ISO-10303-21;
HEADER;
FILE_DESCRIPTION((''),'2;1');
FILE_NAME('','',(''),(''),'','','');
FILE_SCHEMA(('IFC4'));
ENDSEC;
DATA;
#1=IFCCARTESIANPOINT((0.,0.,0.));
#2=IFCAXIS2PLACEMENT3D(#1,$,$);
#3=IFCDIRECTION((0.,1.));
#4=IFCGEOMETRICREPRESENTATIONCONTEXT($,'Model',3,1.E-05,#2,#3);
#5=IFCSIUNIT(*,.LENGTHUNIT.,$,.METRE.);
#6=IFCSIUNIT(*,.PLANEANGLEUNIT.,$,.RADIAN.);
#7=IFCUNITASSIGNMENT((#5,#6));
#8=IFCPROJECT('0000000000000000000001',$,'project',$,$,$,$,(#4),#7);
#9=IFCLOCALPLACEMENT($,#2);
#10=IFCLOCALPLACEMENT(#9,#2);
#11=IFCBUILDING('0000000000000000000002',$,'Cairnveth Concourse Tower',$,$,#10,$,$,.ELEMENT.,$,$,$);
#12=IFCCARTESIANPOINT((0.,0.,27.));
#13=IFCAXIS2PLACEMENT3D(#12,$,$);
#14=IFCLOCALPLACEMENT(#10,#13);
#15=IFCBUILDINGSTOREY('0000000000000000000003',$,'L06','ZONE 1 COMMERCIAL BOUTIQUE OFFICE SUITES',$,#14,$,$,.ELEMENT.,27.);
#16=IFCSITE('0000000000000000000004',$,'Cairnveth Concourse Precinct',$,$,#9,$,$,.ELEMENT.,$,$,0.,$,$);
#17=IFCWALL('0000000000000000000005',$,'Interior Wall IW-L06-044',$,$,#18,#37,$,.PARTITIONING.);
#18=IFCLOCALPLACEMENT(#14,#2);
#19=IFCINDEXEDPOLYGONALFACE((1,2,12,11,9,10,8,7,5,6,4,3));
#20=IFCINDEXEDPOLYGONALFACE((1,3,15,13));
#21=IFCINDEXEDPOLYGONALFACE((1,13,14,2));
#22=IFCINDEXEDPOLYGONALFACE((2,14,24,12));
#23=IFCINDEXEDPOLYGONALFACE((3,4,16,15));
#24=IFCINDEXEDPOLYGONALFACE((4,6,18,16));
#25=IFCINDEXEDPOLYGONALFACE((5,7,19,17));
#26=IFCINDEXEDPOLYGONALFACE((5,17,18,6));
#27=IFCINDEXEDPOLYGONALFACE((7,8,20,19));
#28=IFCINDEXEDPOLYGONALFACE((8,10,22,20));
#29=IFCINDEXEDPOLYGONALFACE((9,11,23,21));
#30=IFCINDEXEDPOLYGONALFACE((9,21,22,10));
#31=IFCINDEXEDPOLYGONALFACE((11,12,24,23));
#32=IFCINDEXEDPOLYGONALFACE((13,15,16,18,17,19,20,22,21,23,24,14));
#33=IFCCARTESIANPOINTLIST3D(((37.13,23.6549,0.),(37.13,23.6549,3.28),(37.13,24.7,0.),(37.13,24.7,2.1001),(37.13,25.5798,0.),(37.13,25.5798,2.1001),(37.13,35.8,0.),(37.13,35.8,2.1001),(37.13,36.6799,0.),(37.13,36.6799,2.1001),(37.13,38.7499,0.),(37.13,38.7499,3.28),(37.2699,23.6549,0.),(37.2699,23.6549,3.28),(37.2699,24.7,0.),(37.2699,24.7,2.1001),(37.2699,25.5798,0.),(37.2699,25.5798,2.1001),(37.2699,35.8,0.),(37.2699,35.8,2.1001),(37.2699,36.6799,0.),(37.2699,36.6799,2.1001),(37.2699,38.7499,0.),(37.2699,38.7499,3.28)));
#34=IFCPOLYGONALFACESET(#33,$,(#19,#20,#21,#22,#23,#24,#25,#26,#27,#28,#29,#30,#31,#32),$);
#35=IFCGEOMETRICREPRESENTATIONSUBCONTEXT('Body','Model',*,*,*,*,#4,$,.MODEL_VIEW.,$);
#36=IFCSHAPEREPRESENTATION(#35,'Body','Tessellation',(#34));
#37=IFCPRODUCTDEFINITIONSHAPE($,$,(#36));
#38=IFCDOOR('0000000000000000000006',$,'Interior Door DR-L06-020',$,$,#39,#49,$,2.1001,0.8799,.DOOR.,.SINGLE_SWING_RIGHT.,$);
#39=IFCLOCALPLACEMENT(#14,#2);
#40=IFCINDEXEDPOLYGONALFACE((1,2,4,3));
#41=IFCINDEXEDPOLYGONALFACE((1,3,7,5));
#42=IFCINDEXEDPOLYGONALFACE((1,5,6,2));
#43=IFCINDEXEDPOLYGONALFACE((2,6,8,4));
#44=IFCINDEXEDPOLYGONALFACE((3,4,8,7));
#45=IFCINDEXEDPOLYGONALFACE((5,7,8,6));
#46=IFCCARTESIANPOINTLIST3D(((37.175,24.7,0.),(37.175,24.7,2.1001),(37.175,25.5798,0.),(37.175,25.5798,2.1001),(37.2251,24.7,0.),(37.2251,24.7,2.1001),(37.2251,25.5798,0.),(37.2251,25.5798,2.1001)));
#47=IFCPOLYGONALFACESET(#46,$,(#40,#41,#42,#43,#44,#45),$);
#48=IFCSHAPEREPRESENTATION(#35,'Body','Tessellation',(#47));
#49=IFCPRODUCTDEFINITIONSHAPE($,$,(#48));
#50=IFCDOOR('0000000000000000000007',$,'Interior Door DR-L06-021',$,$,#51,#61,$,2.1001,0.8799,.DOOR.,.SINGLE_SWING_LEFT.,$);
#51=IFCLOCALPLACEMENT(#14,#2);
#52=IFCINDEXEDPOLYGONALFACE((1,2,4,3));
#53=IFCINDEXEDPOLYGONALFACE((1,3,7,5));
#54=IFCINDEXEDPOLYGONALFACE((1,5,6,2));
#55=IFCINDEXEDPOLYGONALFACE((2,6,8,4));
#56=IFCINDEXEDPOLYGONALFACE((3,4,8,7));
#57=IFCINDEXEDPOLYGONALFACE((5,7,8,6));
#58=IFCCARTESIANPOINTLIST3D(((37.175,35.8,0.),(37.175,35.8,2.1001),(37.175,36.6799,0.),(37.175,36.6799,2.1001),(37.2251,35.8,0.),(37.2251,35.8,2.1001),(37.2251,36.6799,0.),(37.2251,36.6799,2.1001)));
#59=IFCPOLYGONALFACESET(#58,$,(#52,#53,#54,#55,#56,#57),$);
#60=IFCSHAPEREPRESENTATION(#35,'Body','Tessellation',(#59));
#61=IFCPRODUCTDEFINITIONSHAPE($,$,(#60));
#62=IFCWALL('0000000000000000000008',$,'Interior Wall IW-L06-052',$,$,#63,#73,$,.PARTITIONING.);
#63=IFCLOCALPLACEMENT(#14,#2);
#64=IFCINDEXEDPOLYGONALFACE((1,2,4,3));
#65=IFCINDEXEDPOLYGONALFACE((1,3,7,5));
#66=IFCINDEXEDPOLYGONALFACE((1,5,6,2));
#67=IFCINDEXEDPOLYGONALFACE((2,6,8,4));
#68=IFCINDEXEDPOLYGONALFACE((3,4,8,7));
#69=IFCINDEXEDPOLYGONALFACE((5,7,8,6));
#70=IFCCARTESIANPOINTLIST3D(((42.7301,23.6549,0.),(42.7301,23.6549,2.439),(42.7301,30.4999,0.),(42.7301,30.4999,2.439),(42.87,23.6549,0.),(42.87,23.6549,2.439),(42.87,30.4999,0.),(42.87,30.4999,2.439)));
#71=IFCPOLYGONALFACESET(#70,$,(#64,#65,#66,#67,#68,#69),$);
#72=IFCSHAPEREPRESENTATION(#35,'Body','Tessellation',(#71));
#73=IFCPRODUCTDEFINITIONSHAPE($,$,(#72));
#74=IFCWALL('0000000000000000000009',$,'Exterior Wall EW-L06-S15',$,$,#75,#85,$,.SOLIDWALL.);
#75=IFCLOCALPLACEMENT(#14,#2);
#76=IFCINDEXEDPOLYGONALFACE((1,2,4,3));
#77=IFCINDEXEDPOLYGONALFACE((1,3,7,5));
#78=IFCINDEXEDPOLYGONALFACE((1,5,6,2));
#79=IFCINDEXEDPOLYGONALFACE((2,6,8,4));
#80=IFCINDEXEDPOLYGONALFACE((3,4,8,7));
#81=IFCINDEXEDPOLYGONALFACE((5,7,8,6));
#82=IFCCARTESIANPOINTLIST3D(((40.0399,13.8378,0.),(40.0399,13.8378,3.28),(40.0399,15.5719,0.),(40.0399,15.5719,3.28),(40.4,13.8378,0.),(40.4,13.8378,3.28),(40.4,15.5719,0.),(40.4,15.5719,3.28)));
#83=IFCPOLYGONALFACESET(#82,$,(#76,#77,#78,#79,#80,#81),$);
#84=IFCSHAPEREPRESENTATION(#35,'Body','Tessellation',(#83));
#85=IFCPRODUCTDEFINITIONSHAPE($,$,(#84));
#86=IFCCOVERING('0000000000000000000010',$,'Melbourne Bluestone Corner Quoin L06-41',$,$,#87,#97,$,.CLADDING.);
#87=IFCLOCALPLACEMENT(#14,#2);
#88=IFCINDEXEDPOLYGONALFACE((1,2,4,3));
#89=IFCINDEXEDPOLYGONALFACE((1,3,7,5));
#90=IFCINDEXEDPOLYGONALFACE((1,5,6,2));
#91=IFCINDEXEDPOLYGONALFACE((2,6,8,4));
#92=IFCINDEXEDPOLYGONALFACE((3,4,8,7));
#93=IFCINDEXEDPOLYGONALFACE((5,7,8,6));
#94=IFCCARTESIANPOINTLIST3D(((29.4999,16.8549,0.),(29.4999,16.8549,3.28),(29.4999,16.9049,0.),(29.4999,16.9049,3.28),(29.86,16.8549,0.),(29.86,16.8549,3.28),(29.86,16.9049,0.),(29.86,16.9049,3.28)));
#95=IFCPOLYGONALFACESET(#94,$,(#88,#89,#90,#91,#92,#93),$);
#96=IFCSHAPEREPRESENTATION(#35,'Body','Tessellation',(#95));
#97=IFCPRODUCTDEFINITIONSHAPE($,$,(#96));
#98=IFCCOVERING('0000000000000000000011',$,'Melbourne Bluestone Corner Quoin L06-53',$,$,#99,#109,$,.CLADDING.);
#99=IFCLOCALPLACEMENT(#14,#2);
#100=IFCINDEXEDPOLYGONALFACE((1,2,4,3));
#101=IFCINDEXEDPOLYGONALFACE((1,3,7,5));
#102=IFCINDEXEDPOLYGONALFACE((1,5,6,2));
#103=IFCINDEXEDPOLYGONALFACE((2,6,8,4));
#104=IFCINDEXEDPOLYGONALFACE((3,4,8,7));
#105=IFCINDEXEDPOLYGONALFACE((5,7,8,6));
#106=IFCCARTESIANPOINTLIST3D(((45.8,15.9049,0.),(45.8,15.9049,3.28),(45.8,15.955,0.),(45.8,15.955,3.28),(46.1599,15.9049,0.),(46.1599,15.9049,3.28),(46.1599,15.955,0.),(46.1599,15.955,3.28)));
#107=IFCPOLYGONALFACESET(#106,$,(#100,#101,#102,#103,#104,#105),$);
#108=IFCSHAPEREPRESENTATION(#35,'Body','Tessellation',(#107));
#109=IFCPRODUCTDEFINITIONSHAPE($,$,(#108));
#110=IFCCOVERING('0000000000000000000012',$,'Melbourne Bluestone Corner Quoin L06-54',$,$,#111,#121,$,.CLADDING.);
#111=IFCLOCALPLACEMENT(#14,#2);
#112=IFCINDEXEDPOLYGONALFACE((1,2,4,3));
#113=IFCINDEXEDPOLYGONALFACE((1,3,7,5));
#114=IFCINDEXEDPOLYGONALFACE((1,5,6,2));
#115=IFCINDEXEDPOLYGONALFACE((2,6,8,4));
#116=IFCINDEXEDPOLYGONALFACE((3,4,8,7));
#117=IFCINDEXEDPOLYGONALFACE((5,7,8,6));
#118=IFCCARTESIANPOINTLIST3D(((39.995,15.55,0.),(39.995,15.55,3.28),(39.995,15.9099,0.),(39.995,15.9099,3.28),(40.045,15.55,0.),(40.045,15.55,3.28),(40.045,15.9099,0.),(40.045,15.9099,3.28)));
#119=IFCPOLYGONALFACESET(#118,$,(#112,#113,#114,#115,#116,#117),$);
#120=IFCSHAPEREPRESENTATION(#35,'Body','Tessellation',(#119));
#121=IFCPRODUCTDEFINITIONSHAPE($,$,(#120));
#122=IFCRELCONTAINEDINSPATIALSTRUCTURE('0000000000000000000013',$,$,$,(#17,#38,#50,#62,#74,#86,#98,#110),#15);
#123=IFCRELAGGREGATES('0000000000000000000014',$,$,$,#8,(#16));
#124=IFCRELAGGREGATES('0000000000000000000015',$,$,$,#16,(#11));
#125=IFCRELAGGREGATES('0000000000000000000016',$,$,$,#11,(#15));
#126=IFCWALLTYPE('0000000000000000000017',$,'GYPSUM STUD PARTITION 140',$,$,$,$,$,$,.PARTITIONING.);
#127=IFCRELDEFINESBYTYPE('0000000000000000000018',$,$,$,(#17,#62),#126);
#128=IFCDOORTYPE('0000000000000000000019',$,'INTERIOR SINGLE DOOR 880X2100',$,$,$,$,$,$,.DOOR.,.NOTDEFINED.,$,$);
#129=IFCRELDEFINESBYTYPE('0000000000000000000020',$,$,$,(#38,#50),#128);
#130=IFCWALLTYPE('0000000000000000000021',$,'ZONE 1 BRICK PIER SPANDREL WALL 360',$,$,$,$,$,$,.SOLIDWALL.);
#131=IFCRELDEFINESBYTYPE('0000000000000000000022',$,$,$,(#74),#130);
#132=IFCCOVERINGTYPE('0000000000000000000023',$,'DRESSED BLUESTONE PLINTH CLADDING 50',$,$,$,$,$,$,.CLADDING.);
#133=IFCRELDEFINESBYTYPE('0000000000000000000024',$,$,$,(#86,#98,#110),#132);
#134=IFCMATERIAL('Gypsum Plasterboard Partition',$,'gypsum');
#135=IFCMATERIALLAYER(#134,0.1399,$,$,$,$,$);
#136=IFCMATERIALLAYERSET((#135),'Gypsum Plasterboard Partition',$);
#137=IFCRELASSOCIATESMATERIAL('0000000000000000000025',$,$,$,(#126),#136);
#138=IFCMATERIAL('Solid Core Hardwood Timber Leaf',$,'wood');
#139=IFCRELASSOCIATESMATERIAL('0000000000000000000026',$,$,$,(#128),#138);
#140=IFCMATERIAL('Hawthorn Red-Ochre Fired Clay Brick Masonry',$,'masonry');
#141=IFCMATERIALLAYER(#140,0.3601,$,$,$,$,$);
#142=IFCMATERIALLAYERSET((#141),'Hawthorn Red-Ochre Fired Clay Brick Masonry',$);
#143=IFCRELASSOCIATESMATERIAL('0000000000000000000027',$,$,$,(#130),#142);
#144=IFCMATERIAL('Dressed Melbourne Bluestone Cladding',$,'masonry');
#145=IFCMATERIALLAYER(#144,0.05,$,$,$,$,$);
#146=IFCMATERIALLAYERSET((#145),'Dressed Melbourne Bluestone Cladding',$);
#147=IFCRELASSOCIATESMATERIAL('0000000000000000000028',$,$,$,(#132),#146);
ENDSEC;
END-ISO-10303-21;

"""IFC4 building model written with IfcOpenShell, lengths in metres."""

from ifc_helpers import new_model, si_unit, direction, frame, frame_2d, origin, place, context, subcontext, project, spatial, rectangle, extrude, material, layer, layer_set, type_object, element, fill, save


model = new_model("IFC4")

# Units and contexts
model_context = context("Model", 3, precision=1e-05, world=origin(), true_north=direction((0.0, 1.0)))
body_context = subcontext(model_context, "Body", "Model", "MODEL_VIEW")
ifc_project = project(units=[si_unit("LENGTHUNIT", "METRE"), si_unit("PLANEANGLEUNIT", "RADIAN")], contexts=[model_context])

# Site, building, storey
site_placement = place(None, origin())
site = spatial("IfcSite", under=ifc_project, at=site_placement, Name="Cairnveth Concourse Precinct", CompositionType="ELEMENT", RefElevation=0.0)
building_placement = place(site_placement, origin())
building = spatial("IfcBuilding", under=site, at=building_placement, Name="Cairnveth Concourse Tower", CompositionType="ELEMENT")
storey_placement = place(building_placement, frame((0.0, 0.0, 27.0)))
storey = spatial("IfcBuildingStorey", under=building, at=storey_placement, Name="L06", Description="ZONE 1 COMMERCIAL BOUTIQUE OFFICE SUITES", CompositionType="ELEMENT", Elevation=27.0)

# Wall, openings, doors
ifc_material_1 = material(Name="Gypsum Plasterboard Partition", Category="gypsum")
ifc_layer_1 = layer(ifc_material_1, 0.1399)
ifc_layer_set_1 = layer_set([ifc_layer_1], Name="Gypsum Plasterboard Partition")
wall_type_1 = type_object("IfcWallType", Name="GYPSUM STUD PARTITION 140", PredefinedType="PARTITIONING", material=ifc_layer_set_1)
ifc_material_2 = material(Name="Solid Core Hardwood Timber Leaf", Category="wood")
door_type_1 = type_object("IfcDoorType", Name="INTERIOR SINGLE DOOR 880X2100", OperationType="NOTDEFINED", PredefinedType="DOOR", material=ifc_material_2)
wall_1_placement = place(storey_placement, frame((37.2, 23.655, 0.0), z_axis=(0.0, 0.0, 1.0), x_axis=(0.0, 1.0, 0.0)))
wall_1 = element("IfcWall", 1, at=wall_1_placement, inside=storey, type_object=wall_type_1, Name="Interior Wall IW-L06-044", PredefinedType="PARTITIONING", context=body_context, shape_type="SweptSolid", body=[
    extrude(rectangle(XDim=15.095, YDim=0.1399, at=frame_2d((7.5474, 0.0))), origin(), (0.0, 0.0, 1.0), 3.28),
])
opening_1_placement = place(wall_1_placement, frame((1.0449, 0.0, 0.0)))
opening_1 = element("IfcOpeningElement", 2, at=opening_1_placement, cuts=wall_1, PredefinedType="OPENING", context=body_context, shape_type="SweptSolid", body=[
    extrude(rectangle(XDim=0.8799, YDim=2.1001, at=frame_2d((0.4399, 1.05))), frame((0.0, 0.0798, 0.0), z_axis=(0.0, -1.0, 0.0), x_axis=(1.0, 0.0, 0.0)), (0.0, 0.0, 1.0), 0.1599),
])
opening_2_placement = place(wall_1_placement, frame((12.145, 0.0, 0.0)))
opening_2 = element("IfcOpeningElement", 3, at=opening_2_placement, cuts=wall_1, PredefinedType="OPENING", context=body_context, shape_type="SweptSolid", body=[
    extrude(rectangle(XDim=0.8799, YDim=2.1001, at=frame_2d((0.4399, 1.05))), frame((0.0, 0.0798, 0.0), z_axis=(0.0, -1.0, 0.0), x_axis=(1.0, 0.0, 0.0)), (0.0, 0.0, 1.0), 0.1599),
])
door_1_placement = place(opening_1_placement, origin())
door_1 = element("IfcDoor", 4, at=door_1_placement, inside=storey, type_object=door_type_1, Name="Interior Door DR-L06-020", OperationType="SINGLE_SWING_RIGHT", OverallHeight=2.1001, OverallWidth=0.8799, PredefinedType="DOOR", context=body_context, shape_type="SweptSolid", body=[
    extrude(rectangle(XDim=0.8799, YDim=2.1001, at=frame_2d((0.4399, 1.05))), frame((0.0, 0.0249, 0.0), z_axis=(0.0, -1.0, 0.0), x_axis=(1.0, 0.0, 0.0)), (0.0, 0.0, 1.0), 0.05),
])
fill(opening_1, door_1)
door_2_placement = place(opening_2_placement, origin())
door_2 = element("IfcDoor", 5, at=door_2_placement, inside=storey, type_object=door_type_1, Name="Interior Door DR-L06-021", OperationType="SINGLE_SWING_LEFT", OverallHeight=2.1001, OverallWidth=0.8799, PredefinedType="DOOR", context=body_context, shape_type="SweptSolid", body=[
    extrude(rectangle(XDim=0.8799, YDim=2.1001, at=frame_2d((0.4399, 1.05))), frame((0.0, 0.0249, 0.0), z_axis=(0.0, -1.0, 0.0), x_axis=(1.0, 0.0, 0.0)), (0.0, 0.0, 1.0), 0.05),
])
fill(opening_2, door_2)

# Wall
wall_2_placement = place(storey_placement, frame((42.8, 23.655, 0.0), z_axis=(0.0, 0.0, 1.0), x_axis=(0.0, 1.0, 0.0)))
element("IfcWall", 6, at=wall_2_placement, inside=storey, type_object=wall_type_1, Name="Interior Wall IW-L06-052", PredefinedType="PARTITIONING", context=body_context, shape_type="SweptSolid", body=[
    extrude(rectangle(XDim=6.845, YDim=0.1399, at=frame_2d((3.4224, 0.0))), origin(), (0.0, 0.0, 1.0), 2.439),
])

# Shared definitions
ifc_material_3 = material(Name="Hawthorn Red-Ochre Fired Clay Brick Masonry", Category="masonry")
ifc_layer_2 = layer(ifc_material_3, 0.3601)
ifc_layer_set_2 = layer_set([ifc_layer_2], Name="Hawthorn Red-Ochre Fired Clay Brick Masonry")
wall_type_2 = type_object("IfcWallType", Name="ZONE 1 BRICK PIER SPANDREL WALL 360", PredefinedType="SOLIDWALL", material=ifc_layer_set_2)

# Wall
wall_3_placement = place(storey_placement, frame((40.22, 15.572, 0.0), z_axis=(0.0, 0.0, 1.0), x_axis=(0.0, -1.0, 0.0)))
element("IfcWall", 7, at=wall_3_placement, inside=storey, type_object=wall_type_2, Name="Exterior Wall EW-L06-S15", PredefinedType="SOLIDWALL", context=body_context, shape_type="SweptSolid", body=[
    extrude(rectangle(XDim=1.7341, YDim=0.3601, at=frame_2d((0.8672, 0.0))), origin(), (0.0, 0.0, 1.0), 3.28),
])

# Coverings
ifc_material_4 = material(Name="Dressed Melbourne Bluestone Cladding", Category="masonry")
ifc_layer_3 = layer(ifc_material_4, 0.05)
ifc_layer_set_3 = layer_set([ifc_layer_3], Name="Dressed Melbourne Bluestone Cladding")
covering_type = type_object("IfcCoveringType", Name="DRESSED BLUESTONE PLINTH CLADDING 50", PredefinedType="CLADDING", material=ifc_layer_set_3)
covering_placement = place(storey_placement, frame((29.8601, 16.8799, 0.0), z_axis=(0.0, 0.0, 1.0), x_axis=(-1.0, 0.0, 0.0)))
element("IfcCovering", 8, at=covering_placement, inside=storey, type_object=covering_type, Name="Melbourne Bluestone Corner Quoin L06-41", PredefinedType="CLADDING", context=body_context, shape_type="SweptSolid", body=[
    extrude(rectangle(XDim=0.3601, YDim=0.05, at=frame_2d((0.1802, 0.0))), origin(), (0.0, 0.0, 1.0), 3.28),
])
for number, where, z_axis, x_axis, name in (
    (9, (46.1599, 15.9299, 0.0), (0.0, 0.0, 1.0), (-1.0, 0.0, 0.0), "Melbourne Bluestone Corner Quoin L06-53"),
    (10, (40.02, 15.9099, 0.0), (0.0, 0.0, 1.0), (0.0, -1.0, 0.0), "Melbourne Bluestone Corner Quoin L06-54"),
):
    element("IfcCovering", number, at=place(storey_placement, frame(where, z_axis=z_axis, x_axis=x_axis)), inside=storey, type_object=covering_type, Name=name, PredefinedType="CLADDING", context=body_context, shape_type="SweptSolid", body=[
        extrude(rectangle(XDim=0.3599, YDim=0.05, at=frame_2d((0.1799, 0.0))), origin(), (0.0, 0.0, 1.0), 3.28),
    ])

save(model, "model.ifc")
